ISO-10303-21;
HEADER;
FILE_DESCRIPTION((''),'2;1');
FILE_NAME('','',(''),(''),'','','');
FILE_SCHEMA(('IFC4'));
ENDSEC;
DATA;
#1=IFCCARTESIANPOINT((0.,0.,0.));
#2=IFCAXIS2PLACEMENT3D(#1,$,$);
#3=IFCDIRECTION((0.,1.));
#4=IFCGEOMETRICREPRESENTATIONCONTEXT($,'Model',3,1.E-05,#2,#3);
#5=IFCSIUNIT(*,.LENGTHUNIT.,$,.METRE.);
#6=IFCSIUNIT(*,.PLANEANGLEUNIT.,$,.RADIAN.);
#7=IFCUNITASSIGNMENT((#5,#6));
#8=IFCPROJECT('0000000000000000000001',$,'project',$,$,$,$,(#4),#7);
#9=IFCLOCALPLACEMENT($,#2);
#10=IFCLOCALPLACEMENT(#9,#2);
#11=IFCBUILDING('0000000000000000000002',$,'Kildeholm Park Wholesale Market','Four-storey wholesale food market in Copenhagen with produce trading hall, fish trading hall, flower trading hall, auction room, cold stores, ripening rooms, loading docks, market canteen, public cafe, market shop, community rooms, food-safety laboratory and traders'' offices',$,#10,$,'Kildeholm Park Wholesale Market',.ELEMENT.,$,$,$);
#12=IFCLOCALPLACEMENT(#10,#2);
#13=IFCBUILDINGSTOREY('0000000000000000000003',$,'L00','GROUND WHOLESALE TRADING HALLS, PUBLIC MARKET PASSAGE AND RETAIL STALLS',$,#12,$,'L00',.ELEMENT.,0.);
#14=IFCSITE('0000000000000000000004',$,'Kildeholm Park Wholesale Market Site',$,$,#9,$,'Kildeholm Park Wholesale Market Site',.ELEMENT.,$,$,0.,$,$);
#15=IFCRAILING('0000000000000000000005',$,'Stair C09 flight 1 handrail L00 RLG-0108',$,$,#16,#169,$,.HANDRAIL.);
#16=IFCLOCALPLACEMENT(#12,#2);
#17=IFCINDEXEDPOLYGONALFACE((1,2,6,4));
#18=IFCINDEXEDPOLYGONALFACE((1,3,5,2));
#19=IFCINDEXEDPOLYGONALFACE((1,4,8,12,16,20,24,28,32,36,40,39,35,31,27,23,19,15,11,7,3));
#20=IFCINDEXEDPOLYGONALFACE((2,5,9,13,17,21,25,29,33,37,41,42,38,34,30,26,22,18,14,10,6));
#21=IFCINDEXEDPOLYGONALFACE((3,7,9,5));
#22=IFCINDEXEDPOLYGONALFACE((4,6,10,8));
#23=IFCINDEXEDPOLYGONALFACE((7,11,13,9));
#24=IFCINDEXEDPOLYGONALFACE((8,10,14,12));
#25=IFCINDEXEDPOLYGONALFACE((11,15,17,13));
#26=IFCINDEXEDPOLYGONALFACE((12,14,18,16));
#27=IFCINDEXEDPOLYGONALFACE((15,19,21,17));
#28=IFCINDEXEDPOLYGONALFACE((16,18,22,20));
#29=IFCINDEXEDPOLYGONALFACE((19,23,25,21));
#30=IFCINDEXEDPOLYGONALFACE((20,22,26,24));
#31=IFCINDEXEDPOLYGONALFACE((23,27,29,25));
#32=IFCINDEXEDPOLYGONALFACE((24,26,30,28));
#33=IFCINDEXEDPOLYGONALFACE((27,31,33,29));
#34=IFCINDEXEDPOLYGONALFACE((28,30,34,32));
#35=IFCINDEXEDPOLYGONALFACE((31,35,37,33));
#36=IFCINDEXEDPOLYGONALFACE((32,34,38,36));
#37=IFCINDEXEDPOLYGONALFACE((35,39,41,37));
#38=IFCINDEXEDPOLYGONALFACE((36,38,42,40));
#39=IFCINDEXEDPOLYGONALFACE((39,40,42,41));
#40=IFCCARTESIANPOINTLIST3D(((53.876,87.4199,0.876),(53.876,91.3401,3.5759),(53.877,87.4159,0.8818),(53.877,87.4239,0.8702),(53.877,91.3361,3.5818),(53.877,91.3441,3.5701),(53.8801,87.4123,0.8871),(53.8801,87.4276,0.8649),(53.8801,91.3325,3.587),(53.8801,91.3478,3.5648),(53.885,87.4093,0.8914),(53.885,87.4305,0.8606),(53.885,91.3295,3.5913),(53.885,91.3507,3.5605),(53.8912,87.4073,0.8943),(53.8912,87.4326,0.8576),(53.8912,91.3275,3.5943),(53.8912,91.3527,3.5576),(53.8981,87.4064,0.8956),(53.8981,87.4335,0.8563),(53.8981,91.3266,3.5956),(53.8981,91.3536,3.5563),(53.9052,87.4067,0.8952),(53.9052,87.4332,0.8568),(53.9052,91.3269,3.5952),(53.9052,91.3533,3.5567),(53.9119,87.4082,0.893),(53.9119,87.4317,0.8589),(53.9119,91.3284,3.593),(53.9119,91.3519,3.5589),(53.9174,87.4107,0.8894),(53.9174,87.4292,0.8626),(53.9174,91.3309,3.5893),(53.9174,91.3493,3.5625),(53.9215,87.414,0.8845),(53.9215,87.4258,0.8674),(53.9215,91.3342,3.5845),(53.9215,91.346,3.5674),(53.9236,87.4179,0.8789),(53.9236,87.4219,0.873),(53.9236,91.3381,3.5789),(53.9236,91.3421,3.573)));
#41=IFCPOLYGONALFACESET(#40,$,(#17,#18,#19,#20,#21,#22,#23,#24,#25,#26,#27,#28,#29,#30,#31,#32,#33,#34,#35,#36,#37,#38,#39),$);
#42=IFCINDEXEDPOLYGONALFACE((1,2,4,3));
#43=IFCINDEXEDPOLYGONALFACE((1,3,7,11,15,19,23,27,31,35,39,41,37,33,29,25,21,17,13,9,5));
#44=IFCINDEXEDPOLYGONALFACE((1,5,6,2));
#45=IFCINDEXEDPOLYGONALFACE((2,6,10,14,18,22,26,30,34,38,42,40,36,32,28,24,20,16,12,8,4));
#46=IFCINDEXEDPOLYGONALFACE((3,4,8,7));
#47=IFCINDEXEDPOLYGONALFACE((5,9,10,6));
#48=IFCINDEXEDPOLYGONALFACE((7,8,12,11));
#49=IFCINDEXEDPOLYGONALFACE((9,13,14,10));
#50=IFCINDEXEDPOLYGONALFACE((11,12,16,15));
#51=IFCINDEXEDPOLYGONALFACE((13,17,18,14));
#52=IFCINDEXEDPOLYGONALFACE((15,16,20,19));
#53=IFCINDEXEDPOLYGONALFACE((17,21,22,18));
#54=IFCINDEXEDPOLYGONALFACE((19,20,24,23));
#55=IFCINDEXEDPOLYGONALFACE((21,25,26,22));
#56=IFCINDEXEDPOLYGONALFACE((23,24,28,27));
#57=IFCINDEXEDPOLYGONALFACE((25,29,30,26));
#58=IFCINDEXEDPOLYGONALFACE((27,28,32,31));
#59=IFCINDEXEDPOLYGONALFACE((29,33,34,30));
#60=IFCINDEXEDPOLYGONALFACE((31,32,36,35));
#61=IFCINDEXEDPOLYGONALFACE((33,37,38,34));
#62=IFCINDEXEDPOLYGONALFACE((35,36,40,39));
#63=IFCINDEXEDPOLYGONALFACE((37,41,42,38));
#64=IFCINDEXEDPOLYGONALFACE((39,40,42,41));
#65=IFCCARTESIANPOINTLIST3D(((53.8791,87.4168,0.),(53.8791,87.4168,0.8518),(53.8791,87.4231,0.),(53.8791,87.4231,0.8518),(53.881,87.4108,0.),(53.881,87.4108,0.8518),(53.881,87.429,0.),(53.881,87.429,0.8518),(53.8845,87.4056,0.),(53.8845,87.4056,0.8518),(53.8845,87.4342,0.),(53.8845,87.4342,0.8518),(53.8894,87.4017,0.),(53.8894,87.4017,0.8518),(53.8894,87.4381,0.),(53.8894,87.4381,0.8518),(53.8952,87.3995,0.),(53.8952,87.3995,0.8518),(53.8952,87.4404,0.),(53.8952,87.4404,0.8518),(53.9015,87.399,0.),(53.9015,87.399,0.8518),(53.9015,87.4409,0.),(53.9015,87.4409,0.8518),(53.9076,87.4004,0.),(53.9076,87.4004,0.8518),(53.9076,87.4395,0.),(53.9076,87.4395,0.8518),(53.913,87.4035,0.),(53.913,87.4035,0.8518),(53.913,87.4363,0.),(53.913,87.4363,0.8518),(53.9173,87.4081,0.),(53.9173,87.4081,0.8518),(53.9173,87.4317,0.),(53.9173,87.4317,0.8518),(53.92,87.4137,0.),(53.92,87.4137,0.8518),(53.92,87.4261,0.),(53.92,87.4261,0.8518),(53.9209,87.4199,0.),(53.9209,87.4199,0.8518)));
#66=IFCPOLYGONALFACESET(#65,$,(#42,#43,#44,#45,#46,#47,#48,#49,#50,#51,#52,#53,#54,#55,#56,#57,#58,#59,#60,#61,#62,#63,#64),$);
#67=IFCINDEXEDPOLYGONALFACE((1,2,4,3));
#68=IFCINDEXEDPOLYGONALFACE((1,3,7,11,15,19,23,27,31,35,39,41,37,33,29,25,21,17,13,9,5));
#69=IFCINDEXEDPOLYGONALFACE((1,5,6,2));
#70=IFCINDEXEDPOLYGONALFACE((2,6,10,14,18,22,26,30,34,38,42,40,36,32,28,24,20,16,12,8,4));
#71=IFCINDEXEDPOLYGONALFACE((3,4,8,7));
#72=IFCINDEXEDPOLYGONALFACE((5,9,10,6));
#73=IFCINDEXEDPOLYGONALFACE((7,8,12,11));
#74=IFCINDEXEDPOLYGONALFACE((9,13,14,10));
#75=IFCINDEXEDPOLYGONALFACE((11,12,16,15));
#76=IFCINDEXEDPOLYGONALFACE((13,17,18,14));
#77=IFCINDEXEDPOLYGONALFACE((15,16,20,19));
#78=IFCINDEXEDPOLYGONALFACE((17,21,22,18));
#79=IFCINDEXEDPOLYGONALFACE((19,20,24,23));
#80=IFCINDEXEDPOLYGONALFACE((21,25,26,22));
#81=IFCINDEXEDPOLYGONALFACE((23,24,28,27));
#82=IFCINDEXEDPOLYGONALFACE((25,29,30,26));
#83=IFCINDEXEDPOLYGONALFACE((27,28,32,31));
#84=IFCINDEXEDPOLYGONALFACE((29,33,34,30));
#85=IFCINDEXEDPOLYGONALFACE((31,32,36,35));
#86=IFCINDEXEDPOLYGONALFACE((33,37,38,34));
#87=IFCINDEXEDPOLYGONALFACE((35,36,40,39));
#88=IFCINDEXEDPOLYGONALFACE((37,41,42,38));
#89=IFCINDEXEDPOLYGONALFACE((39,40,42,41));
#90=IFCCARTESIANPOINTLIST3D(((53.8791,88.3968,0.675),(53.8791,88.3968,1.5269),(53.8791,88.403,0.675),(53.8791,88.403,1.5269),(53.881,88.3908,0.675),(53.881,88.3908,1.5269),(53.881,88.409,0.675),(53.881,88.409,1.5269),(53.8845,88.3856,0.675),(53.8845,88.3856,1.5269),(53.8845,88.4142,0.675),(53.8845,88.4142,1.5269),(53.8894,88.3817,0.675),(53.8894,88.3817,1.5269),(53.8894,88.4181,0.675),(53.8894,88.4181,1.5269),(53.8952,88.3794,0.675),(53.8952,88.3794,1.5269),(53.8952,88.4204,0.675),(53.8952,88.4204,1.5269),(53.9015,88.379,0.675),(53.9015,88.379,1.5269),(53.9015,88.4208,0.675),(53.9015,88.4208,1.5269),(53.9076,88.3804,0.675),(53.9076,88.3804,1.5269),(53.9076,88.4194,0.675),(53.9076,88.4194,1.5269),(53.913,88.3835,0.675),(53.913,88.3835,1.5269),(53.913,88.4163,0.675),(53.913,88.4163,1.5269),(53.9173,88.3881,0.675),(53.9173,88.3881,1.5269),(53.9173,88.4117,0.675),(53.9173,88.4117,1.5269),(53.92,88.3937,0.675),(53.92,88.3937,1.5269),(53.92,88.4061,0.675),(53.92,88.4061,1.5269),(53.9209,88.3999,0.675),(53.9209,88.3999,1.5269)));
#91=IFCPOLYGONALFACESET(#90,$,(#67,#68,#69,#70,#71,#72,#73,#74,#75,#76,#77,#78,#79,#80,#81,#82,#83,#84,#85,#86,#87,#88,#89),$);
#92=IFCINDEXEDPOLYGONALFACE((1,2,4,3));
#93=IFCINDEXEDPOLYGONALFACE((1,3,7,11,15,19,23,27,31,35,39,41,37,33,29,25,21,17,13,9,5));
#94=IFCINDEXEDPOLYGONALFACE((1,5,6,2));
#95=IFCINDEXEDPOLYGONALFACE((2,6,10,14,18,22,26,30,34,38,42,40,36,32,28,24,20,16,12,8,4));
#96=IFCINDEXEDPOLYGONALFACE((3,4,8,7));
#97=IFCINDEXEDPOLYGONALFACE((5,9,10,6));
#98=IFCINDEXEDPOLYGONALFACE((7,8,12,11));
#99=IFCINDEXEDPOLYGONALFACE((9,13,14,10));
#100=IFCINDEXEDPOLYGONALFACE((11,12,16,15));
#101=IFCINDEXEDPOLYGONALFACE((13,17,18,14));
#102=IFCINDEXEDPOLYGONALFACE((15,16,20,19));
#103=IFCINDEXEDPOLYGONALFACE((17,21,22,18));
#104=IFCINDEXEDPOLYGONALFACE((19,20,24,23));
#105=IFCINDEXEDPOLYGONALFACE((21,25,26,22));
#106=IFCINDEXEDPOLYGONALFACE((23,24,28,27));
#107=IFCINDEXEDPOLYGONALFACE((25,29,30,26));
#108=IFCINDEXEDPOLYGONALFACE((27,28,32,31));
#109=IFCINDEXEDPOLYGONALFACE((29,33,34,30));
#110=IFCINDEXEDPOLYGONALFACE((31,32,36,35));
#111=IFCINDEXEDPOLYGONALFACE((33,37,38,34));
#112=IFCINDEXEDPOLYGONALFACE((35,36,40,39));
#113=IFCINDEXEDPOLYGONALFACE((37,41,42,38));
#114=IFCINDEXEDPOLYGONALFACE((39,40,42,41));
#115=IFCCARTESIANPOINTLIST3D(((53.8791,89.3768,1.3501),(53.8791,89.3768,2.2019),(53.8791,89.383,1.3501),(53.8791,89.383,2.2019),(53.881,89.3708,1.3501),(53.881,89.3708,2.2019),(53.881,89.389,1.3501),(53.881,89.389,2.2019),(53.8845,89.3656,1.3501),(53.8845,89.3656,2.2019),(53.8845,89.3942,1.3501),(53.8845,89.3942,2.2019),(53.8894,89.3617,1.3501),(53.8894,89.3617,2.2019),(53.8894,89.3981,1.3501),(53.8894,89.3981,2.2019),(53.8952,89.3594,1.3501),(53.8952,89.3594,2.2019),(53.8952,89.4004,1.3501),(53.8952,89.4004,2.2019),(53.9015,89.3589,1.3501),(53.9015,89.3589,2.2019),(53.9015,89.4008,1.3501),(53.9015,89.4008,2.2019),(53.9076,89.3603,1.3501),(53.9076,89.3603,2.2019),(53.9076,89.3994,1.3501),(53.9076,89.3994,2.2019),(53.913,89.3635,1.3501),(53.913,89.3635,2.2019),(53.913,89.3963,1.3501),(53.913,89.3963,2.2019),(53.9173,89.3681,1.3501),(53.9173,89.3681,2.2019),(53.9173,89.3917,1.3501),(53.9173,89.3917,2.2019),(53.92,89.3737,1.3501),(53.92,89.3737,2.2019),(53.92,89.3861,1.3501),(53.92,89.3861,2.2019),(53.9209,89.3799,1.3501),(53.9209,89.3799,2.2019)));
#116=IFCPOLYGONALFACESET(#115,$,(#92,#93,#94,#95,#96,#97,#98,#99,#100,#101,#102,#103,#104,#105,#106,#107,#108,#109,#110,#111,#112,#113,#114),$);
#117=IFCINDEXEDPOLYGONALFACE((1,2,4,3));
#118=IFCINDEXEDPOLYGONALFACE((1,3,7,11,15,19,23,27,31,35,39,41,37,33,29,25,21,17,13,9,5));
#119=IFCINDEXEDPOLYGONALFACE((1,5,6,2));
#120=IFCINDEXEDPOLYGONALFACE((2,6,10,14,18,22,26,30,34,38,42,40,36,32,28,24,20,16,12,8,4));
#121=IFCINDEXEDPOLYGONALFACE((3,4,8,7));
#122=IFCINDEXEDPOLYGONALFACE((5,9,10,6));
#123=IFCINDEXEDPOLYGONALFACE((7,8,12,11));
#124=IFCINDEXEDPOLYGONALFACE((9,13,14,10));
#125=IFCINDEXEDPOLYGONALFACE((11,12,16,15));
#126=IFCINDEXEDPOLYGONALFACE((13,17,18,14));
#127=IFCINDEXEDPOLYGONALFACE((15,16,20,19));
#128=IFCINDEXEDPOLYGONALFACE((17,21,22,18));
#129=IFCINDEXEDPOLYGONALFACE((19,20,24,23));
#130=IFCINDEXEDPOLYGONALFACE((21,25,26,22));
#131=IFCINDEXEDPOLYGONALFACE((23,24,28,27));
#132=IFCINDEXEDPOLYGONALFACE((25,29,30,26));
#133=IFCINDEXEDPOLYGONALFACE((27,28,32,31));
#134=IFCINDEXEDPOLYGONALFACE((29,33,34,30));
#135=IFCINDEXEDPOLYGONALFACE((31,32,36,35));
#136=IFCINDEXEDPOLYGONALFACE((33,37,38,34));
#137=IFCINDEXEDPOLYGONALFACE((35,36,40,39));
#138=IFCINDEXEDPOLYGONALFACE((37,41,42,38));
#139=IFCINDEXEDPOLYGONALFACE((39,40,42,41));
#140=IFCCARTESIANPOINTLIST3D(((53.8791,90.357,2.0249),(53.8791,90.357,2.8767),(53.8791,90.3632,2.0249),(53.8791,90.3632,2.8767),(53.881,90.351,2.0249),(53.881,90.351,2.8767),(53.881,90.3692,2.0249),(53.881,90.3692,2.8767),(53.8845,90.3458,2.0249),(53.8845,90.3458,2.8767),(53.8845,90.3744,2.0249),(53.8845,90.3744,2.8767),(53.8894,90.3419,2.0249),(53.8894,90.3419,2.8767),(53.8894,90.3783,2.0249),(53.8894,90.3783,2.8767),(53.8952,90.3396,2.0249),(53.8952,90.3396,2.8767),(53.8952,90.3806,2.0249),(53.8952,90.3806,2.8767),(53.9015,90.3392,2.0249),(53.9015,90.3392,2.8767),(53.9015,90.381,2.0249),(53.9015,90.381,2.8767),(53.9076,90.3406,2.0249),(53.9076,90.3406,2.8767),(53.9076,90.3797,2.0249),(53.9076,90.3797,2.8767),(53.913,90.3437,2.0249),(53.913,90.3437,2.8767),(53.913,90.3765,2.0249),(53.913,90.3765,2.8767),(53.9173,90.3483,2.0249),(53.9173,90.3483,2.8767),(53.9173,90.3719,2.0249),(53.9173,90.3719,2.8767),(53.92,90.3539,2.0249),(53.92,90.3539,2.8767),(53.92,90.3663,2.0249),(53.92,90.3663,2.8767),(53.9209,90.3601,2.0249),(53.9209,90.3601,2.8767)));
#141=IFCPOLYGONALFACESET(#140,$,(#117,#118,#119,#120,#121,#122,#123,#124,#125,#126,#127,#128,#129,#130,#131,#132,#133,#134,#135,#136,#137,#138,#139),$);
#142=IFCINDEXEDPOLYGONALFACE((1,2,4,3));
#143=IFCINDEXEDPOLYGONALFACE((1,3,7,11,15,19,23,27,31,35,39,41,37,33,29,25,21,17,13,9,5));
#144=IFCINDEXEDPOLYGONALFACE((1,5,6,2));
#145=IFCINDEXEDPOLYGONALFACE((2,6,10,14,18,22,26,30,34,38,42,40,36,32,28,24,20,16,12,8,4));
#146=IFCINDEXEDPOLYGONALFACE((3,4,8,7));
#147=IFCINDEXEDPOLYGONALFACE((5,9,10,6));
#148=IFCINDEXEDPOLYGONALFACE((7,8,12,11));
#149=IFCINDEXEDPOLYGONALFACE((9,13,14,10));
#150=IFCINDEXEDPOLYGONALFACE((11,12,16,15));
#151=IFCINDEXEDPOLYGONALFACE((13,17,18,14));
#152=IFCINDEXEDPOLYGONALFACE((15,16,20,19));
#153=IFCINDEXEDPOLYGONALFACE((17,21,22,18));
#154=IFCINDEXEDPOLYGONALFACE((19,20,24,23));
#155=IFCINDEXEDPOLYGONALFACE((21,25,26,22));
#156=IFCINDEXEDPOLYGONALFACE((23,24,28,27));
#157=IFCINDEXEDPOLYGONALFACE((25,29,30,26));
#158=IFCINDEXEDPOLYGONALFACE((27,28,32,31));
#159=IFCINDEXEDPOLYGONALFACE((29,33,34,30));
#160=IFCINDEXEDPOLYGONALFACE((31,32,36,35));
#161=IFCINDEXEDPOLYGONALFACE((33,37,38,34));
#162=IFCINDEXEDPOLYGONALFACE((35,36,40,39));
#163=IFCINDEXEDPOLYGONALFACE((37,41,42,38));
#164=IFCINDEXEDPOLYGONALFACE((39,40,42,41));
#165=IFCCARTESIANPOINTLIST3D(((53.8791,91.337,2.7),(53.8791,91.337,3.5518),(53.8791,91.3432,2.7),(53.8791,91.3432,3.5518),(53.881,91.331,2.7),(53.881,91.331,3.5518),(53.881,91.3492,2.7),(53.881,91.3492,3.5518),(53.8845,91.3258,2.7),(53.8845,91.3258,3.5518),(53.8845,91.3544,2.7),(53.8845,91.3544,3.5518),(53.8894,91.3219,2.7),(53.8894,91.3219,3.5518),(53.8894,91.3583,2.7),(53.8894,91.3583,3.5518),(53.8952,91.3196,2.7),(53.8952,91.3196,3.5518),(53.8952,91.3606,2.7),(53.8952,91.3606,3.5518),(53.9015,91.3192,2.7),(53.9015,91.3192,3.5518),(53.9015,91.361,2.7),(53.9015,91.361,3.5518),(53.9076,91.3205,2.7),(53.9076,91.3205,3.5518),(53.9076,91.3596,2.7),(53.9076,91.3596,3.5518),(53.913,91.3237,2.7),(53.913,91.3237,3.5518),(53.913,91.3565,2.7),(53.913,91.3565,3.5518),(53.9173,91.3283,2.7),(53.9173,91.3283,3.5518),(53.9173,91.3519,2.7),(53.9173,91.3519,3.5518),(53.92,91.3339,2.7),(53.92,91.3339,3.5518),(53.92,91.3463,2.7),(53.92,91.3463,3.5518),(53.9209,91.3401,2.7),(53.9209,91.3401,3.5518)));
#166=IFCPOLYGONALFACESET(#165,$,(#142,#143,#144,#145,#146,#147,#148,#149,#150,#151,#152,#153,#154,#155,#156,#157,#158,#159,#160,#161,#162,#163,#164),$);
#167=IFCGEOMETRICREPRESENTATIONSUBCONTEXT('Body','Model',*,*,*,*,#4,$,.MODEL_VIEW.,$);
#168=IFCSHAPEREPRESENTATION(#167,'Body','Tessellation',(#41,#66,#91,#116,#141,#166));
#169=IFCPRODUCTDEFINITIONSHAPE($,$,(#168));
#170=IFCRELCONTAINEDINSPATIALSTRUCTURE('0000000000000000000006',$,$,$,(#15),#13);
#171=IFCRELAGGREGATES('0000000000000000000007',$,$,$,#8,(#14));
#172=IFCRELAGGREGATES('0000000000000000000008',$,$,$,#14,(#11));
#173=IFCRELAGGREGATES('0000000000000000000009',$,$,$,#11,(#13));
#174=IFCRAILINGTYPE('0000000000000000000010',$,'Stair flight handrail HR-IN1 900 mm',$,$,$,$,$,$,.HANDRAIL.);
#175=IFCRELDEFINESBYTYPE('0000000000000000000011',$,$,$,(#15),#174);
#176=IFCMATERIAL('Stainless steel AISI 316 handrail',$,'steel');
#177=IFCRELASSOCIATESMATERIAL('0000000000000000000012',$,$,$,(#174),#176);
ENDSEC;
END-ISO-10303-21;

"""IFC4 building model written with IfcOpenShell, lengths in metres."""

from ifc_helpers import new_model, si_unit, direction, frame, origin, origin_2d, place, context, subcontext, project, spatial, circle, extrude, material, type_object, element, save


model = new_model("IFC4")

# Units and contexts
model_context = context("Model", 3, precision=1e-05, world=origin(), true_north=direction((0.0, 1.0)))
body_context = subcontext(model_context, "Body", "Model", "MODEL_VIEW")
ifc_project = project(units=[si_unit("LENGTHUNIT", "METRE"), si_unit("PLANEANGLEUNIT", "RADIAN")], contexts=[model_context])

# Site, building, storey
site_placement = place(None, origin())
site = spatial("IfcSite", under=ifc_project, at=site_placement, Name="Kildeholm Park Wholesale Market Site", LongName="Kildeholm Park Wholesale Market Site", CompositionType="ELEMENT", RefElevation=0.0)
building_placement = place(site_placement, origin())
building = spatial("IfcBuilding", under=site, at=building_placement, Name="Kildeholm Park Wholesale Market", Description="Four-storey wholesale food market in Copenhagen with produce trading hall, fish trading hall, flower trading hall, auction room, cold stores, ripening rooms, loading docks, market canteen, public cafe, market shop, community rooms, food-safety laboratory and traders' offices", LongName="Kildeholm Park Wholesale Market", CompositionType="ELEMENT")
storey_placement = place(building_placement, origin())
storey = spatial("IfcBuildingStorey", under=building, at=storey_placement, Name="L00", Description="GROUND WHOLESALE TRADING HALLS, PUBLIC MARKET PASSAGE AND RETAIL STALLS", LongName="L00", CompositionType="ELEMENT", Elevation=0.0)

# Railing
ifc_material_1 = material(Name="Stainless steel AISI 316 handrail", Category="steel")
railing_type_1 = type_object("IfcRailingType", Name="Stair flight handrail HR-IN1 900 mm", PredefinedType="HANDRAIL", material=ifc_material_1)
railing_1_placement = place(storey_placement, frame((53.8999, 87.4199, 0.0)))
element("IfcRailing", 1, at=railing_1_placement, inside=storey, type_object=railing_type_1, Name="Stair C09 flight 1 handrail L00 RLG-0108", PredefinedType="HANDRAIL", context=body_context, shape_type="SweptSolid", body=[
    extrude(circle(Radius=0.0239, at=origin_2d()), frame((0.0, 0.0, 0.876), z_axis=(0.0, 0.823567, 0.567219), x_axis=(-1.0, 0.0, 0.0)), (0.0, 0.0, 1.0), 4.76),
    extrude(circle(Radius=0.021, at=origin_2d()), origin(), (0.0, 0.0, 1.0), 0.8518),
    extrude(circle(Radius=0.021, at=origin_2d()), frame((0.0, 0.98, 0.675)), (0.0, 0.0, 1.0), 0.8518),
    extrude(circle(Radius=0.021, at=origin_2d()), frame((0.0, 1.96, 1.3501)), (0.0, 0.0, 1.0), 0.8518),
    extrude(circle(Radius=0.021, at=origin_2d()), frame((0.0, 2.9402, 2.0249)), (0.0, 0.0, 1.0), 0.8518),
    extrude(circle(Radius=0.021, at=origin_2d()), frame((0.0, 3.9202, 2.7)), (0.0, 0.0, 1.0), 0.8518),
])

save(model, "model.ifc")
